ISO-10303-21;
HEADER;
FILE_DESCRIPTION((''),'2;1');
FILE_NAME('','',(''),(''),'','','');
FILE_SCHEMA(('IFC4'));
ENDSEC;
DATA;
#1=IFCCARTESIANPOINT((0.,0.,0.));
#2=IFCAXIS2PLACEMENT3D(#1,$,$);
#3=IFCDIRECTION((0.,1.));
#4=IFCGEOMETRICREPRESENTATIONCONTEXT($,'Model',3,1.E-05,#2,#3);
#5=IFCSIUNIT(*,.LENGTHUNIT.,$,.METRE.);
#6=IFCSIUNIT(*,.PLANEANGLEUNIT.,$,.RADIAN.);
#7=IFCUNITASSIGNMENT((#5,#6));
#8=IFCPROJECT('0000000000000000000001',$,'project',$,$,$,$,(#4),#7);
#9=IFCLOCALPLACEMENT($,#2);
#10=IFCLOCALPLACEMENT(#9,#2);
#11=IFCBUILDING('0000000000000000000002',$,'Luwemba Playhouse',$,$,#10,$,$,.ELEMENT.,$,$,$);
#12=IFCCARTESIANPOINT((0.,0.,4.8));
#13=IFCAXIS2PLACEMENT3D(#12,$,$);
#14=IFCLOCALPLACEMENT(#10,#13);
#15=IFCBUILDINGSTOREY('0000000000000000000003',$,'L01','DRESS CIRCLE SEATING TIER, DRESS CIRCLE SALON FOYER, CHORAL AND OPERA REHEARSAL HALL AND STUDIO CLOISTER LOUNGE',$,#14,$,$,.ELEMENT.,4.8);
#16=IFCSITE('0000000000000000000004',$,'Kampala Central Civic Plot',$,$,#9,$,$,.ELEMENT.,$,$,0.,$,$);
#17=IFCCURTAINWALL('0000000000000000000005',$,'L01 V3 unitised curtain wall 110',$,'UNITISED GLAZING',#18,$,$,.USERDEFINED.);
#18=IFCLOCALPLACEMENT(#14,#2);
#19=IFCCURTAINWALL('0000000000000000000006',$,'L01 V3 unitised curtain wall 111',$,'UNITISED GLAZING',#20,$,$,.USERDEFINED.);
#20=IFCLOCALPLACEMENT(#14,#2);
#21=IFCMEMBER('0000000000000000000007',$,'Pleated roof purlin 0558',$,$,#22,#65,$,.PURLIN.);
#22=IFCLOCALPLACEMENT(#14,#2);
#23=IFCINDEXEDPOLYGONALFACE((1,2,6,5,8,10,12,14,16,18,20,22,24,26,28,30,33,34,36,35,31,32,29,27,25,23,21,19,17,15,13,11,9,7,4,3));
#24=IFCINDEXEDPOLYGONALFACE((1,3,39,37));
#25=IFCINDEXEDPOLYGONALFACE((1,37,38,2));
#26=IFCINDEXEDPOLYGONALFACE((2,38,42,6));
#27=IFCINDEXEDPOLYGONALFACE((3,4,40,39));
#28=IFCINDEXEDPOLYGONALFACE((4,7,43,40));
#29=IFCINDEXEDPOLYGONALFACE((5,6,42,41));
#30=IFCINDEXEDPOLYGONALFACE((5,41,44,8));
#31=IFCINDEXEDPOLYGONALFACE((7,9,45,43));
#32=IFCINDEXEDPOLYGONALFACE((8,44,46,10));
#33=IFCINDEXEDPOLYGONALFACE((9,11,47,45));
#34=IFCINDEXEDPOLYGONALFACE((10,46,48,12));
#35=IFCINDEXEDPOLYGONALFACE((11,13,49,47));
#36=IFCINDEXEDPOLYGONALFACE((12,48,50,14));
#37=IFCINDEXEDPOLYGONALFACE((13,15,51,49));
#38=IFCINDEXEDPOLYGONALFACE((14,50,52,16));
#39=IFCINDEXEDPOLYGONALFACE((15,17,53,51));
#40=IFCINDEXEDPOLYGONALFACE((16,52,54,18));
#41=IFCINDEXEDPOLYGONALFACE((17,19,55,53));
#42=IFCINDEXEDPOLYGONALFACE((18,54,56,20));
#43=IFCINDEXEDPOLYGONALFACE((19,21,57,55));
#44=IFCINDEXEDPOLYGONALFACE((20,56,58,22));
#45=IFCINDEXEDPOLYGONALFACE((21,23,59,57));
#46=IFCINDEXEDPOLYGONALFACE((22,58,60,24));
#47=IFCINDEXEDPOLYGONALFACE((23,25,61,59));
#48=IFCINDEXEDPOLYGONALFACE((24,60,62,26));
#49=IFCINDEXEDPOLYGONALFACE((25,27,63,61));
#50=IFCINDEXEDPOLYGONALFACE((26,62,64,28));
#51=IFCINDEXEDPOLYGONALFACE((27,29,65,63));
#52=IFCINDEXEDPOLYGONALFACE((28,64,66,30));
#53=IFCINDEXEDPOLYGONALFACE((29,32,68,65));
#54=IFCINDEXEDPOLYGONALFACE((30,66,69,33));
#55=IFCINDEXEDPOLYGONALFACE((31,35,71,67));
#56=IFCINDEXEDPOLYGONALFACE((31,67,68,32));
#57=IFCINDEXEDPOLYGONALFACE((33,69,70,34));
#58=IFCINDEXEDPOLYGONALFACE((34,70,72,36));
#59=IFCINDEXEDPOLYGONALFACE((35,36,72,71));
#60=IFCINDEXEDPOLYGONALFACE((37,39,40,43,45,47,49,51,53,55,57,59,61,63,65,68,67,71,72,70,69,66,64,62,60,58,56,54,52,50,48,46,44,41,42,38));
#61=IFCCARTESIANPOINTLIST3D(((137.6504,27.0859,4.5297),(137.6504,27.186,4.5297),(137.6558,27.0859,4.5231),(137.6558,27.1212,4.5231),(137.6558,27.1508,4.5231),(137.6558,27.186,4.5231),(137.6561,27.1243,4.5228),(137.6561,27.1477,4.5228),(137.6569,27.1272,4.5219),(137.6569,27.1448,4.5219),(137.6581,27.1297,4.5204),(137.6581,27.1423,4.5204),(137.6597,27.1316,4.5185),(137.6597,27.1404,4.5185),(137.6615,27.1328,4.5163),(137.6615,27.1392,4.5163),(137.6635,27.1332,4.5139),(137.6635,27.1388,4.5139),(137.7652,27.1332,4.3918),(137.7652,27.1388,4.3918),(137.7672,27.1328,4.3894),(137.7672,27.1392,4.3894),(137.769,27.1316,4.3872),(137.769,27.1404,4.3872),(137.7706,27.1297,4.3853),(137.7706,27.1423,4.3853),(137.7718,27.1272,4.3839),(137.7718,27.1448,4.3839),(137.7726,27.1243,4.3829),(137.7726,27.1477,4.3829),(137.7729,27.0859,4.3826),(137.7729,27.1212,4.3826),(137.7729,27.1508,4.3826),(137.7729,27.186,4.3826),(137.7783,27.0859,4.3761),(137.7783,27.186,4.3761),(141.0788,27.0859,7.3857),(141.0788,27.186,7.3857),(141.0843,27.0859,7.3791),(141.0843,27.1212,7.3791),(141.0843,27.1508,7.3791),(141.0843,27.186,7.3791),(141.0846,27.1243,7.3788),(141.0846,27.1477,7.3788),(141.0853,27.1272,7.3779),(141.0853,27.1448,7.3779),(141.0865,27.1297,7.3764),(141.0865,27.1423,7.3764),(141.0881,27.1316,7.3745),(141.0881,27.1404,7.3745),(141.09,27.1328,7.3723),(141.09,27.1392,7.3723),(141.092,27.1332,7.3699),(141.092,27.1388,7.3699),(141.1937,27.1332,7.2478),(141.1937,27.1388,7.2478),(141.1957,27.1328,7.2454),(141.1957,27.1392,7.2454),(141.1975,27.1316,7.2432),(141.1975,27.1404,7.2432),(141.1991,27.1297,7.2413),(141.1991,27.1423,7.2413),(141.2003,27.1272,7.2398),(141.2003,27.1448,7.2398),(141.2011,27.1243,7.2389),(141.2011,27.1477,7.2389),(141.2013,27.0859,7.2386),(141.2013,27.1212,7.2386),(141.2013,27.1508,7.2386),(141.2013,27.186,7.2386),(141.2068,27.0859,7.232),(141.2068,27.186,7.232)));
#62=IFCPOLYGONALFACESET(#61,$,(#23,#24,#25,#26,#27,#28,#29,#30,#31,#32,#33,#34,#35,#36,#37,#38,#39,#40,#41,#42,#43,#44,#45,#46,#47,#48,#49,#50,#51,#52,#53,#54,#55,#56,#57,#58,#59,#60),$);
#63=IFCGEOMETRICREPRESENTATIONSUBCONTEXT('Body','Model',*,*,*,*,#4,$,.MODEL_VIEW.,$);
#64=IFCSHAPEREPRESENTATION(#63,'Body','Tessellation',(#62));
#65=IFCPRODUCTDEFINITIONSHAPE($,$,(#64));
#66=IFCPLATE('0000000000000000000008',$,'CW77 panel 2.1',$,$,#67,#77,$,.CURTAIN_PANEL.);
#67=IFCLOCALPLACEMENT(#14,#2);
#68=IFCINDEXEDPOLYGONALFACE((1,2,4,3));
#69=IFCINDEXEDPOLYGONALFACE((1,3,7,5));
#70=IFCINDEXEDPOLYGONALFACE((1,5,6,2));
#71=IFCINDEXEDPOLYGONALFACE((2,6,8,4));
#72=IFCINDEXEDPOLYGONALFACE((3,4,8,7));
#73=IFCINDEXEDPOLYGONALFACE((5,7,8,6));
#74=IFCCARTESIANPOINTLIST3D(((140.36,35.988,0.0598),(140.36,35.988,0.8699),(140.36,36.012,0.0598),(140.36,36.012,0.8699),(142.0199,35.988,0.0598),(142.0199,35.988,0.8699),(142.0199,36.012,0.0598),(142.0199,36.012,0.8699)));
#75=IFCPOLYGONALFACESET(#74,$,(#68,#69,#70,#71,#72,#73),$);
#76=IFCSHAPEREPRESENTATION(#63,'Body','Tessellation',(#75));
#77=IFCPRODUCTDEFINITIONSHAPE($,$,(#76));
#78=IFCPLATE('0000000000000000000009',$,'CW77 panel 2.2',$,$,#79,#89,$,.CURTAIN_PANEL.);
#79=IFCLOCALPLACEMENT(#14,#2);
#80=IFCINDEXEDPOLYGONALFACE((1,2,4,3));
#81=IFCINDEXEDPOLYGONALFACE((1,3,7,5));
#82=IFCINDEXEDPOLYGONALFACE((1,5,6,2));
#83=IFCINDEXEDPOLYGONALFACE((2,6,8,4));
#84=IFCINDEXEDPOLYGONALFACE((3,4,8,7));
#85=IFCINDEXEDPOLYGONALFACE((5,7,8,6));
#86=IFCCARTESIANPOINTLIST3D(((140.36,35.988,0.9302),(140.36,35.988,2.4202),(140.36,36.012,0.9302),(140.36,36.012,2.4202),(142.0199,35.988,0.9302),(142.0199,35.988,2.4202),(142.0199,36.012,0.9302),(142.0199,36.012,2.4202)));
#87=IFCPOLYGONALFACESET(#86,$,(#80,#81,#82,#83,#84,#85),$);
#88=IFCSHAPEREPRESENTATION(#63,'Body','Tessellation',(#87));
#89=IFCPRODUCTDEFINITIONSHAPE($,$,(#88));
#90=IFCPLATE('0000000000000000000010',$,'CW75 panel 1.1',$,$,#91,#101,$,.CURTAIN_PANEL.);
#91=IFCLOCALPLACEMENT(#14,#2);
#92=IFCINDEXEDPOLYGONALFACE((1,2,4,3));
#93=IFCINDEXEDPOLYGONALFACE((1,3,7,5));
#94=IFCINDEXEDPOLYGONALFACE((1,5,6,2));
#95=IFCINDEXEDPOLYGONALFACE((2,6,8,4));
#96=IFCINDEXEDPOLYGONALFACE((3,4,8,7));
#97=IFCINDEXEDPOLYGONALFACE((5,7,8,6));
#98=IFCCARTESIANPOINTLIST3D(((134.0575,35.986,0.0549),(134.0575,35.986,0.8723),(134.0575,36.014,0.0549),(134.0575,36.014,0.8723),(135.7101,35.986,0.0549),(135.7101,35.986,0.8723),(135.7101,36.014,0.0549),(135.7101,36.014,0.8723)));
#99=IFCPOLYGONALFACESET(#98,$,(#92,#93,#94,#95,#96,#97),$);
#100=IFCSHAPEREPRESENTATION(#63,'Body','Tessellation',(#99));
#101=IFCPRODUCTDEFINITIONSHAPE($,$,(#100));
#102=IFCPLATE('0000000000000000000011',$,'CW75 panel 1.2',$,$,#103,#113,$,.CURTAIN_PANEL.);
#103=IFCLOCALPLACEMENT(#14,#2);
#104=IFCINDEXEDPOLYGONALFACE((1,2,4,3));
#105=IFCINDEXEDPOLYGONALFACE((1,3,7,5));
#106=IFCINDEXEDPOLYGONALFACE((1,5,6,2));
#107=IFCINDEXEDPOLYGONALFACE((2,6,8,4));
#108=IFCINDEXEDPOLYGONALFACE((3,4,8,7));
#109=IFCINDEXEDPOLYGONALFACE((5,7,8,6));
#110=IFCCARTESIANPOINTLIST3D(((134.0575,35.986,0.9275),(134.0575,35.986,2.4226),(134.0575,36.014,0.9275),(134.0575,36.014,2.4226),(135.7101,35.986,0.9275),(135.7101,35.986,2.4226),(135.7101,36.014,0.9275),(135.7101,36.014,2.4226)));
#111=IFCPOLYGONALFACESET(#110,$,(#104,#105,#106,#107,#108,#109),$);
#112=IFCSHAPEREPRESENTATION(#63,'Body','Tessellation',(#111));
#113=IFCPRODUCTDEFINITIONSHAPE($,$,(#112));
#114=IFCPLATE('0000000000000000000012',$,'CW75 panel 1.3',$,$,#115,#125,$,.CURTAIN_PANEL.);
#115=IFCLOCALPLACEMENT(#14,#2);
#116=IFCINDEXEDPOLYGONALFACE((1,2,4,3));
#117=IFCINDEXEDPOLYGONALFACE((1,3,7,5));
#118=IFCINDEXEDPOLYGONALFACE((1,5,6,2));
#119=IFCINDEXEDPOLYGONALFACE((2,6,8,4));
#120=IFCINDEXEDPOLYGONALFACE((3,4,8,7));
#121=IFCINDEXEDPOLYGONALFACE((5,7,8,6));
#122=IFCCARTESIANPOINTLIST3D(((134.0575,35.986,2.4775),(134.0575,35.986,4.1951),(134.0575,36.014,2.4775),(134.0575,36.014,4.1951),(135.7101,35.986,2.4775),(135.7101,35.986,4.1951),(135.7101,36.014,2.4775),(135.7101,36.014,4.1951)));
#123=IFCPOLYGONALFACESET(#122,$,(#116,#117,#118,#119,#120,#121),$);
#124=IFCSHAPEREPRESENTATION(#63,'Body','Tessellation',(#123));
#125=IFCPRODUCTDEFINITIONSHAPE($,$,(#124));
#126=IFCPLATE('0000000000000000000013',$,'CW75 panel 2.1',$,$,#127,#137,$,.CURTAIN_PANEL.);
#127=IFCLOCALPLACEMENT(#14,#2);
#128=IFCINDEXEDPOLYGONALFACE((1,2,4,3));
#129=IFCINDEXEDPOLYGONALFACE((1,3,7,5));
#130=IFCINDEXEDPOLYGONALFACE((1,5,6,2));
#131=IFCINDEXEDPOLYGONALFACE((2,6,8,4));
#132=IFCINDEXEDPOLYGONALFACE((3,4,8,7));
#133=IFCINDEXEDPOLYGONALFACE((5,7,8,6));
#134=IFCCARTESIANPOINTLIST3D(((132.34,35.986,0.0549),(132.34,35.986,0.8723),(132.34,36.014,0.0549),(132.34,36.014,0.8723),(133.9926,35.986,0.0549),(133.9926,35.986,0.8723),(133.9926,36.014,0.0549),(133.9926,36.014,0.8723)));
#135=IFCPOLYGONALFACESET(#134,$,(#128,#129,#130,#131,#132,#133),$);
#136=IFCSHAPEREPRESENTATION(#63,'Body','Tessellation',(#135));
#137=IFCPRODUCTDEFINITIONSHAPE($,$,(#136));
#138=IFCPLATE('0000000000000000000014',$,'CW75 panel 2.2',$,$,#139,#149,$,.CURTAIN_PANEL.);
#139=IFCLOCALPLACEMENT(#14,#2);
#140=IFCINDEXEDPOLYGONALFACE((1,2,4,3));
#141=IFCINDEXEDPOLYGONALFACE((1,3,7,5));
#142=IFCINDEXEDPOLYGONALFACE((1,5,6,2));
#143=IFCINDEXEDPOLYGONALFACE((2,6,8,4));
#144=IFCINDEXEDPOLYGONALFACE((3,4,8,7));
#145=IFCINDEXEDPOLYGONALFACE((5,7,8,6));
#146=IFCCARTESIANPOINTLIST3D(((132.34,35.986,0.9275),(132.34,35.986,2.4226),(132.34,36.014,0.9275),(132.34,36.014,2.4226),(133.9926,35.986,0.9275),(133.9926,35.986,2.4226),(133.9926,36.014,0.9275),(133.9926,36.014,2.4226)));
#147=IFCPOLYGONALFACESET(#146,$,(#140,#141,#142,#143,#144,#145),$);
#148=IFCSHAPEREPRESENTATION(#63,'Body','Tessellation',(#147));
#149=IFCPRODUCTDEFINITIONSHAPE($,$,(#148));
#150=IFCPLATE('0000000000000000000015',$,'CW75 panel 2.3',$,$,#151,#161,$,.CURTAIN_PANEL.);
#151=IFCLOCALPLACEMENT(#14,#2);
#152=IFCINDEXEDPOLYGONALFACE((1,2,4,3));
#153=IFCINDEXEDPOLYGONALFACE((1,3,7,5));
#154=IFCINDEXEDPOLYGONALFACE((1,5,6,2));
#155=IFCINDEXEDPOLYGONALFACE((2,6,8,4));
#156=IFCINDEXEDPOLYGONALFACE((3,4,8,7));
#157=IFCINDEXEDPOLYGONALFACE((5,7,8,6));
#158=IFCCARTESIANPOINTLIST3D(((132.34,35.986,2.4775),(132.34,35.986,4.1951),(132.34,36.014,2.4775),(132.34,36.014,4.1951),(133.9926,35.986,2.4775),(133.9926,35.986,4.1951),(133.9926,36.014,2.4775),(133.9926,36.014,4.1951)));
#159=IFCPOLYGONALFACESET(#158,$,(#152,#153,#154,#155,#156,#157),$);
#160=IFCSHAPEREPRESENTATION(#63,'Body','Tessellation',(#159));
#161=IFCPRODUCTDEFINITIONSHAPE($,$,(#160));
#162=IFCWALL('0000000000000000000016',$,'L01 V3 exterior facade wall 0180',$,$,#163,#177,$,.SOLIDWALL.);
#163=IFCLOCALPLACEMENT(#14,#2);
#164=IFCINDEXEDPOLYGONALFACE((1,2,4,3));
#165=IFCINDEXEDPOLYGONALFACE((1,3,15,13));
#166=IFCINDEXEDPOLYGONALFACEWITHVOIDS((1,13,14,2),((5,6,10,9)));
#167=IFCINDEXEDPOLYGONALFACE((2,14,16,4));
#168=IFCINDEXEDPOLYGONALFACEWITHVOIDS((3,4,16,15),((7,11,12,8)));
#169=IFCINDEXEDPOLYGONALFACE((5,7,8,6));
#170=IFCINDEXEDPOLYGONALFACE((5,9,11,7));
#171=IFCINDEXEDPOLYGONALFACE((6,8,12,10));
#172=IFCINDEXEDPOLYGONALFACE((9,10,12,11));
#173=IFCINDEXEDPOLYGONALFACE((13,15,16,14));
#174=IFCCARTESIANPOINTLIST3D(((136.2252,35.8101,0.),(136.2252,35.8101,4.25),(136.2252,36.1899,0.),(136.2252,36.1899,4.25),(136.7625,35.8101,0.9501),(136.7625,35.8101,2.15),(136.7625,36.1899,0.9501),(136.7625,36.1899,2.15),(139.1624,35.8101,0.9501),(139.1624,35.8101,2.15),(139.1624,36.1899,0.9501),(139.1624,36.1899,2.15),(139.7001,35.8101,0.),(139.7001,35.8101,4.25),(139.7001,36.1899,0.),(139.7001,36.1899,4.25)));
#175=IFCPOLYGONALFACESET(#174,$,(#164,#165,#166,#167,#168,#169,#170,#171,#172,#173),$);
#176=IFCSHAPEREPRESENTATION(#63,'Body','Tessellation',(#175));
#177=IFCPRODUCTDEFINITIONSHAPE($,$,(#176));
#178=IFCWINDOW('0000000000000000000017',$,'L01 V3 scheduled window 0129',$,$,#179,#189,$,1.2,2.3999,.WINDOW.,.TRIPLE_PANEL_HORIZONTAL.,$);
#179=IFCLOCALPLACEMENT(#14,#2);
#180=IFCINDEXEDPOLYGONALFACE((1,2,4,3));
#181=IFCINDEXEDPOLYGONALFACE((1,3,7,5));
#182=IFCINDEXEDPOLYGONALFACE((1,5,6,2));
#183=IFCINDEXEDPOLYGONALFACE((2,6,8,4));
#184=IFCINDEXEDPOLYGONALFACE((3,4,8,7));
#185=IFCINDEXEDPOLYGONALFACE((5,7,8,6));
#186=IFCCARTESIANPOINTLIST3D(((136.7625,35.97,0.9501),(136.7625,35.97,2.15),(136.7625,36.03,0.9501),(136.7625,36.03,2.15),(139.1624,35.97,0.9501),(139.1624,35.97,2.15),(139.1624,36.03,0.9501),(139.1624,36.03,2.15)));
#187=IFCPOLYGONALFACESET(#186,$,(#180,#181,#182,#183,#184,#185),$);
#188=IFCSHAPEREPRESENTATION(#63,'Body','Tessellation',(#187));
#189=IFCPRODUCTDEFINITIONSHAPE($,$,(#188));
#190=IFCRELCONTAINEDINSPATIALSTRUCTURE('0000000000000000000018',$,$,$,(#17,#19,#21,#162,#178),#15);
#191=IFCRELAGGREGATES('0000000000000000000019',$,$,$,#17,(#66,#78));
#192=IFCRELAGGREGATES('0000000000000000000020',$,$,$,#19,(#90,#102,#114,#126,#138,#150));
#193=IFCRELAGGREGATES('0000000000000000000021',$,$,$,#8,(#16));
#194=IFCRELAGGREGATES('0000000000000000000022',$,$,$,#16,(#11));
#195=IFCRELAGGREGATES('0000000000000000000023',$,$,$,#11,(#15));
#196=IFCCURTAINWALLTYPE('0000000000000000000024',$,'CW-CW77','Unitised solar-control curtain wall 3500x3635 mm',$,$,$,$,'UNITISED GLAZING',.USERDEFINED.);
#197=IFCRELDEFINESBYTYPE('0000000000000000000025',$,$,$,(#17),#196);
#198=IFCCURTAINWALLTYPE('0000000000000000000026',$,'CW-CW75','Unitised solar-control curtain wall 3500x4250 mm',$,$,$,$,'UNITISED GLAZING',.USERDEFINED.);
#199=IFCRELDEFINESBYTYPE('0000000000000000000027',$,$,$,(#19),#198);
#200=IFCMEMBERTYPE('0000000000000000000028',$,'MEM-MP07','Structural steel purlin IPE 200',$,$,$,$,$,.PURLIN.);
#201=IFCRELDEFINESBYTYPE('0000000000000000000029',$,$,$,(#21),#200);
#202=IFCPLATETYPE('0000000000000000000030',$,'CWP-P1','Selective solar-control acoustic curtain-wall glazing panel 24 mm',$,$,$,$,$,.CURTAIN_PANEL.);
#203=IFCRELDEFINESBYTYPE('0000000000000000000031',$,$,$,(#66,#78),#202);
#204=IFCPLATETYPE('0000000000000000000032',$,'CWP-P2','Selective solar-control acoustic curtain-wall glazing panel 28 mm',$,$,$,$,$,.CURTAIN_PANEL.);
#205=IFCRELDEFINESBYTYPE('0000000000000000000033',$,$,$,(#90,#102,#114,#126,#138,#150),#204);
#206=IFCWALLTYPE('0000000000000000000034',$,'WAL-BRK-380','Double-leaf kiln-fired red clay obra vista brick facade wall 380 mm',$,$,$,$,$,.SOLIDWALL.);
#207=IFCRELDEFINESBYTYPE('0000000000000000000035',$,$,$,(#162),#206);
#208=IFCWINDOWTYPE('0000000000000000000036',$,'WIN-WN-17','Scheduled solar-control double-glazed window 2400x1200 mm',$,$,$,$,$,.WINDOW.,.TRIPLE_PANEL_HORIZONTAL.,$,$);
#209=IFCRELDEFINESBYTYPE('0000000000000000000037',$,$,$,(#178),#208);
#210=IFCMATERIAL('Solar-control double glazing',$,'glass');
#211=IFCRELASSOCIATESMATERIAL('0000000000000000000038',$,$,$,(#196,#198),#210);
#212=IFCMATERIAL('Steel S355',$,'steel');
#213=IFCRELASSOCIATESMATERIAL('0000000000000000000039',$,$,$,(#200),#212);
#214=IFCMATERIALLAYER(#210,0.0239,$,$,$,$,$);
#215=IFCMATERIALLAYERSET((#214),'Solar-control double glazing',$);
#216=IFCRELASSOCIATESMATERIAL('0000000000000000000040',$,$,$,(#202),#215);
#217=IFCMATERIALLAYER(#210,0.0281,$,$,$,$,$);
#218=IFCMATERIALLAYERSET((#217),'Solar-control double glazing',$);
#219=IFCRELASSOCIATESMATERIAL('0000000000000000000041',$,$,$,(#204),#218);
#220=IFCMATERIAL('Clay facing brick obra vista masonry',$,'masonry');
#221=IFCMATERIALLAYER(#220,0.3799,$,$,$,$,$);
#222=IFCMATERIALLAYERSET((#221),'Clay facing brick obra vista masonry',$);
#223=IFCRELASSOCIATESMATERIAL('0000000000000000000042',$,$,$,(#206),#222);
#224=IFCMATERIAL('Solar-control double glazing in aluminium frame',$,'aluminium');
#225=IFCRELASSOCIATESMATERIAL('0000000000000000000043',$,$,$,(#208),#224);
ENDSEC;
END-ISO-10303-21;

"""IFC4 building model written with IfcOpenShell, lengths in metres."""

from ifc_helpers import new_model, si_unit, direction, frame, frame_2d, origin, origin_2d, place, context, subcontext, project, spatial, rectangle, i_section, extrude, material, layer, layer_set, material_profile, profile_set, type_object, element, fill, aggregate, save


model = new_model("IFC4")

# Units and contexts
model_context = context("Model", 3, precision=1e-05, world=origin(), true_north=direction((0.0, 1.0)))
body_context = subcontext(model_context, "Body", "Model", "MODEL_VIEW")
ifc_project = project(units=[si_unit("LENGTHUNIT", "METRE"), si_unit("PLANEANGLEUNIT", "RADIAN")], contexts=[model_context])

# Site, building, storey
site_placement = place(None, origin())
site = spatial("IfcSite", under=ifc_project, at=site_placement, Name="Kampala Central Civic Plot", CompositionType="ELEMENT", RefElevation=0.0)
building_placement = place(site_placement, origin())
building = spatial("IfcBuilding", under=site, at=building_placement, Name="Luwemba Playhouse", CompositionType="ELEMENT")
storey_placement = place(building_placement, frame((0.0, 0.0, 4.8)))
storey = spatial("IfcBuildingStorey", under=building, at=storey_placement, Name="L01", Description="DRESS CIRCLE SEATING TIER, DRESS CIRCLE SALON FOYER, CHORAL AND OPERA REHEARSAL HALL AND STUDIO CLOISTER LOUNGE", CompositionType="ELEMENT", Elevation=4.8)

# Curtain wall
ifc_material_1 = material(Name="Solar-control double glazing", Category="glass")
curtain_wall_type_1 = type_object("IfcCurtainWallType", Name="CW-CW77", Description="Unitised solar-control curtain wall 3500x3635 mm", ElementType="UNITISED GLAZING", PredefinedType="USERDEFINED", material=ifc_material_1)
curtain_wall_1_placement = place(storey_placement, origin())
curtain_wall_1 = element("IfcCurtainWall", 1, at=curtain_wall_1_placement, inside=storey, type_object=curtain_wall_type_1, Name="L01 V3 unitised curtain wall 110", ObjectType="UNITISED GLAZING", PredefinedType="USERDEFINED")

# Curtain wall
curtain_wall_type_2 = type_object("IfcCurtainWallType", Name="CW-CW75", Description="Unitised solar-control curtain wall 3500x4250 mm", ElementType="UNITISED GLAZING", PredefinedType="USERDEFINED", material=ifc_material_1)
curtain_wall_2_placement = place(storey_placement, origin())
curtain_wall_2 = element("IfcCurtainWall", 2, at=curtain_wall_2_placement, inside=storey, type_object=curtain_wall_type_2, Name="L01 V3 unitised curtain wall 111", ObjectType="UNITISED GLAZING", PredefinedType="USERDEFINED")

# Member
ifc_material_2 = material(Name="Steel S355", Category="steel")
ifc_material_profile_1 = material_profile(ifc_material_2, i_section(OverallWidth=0.1001, OverallDepth=0.2, WebThickness=0.0056, FlangeThickness=0.0085, FilletRadius=0.012, at=origin_2d()))
ifc_profile_set_1 = profile_set([ifc_material_profile_1], Name="Steel S355")
member_type_1 = type_object("IfcMemberType", Name="MEM-MP07", Description="Structural steel purlin IPE 200", PredefinedType="PURLIN", material=ifc_profile_set_1)
member_1_placement = place(storey_placement, frame((137.7144, 27.136, 4.4529), z_axis=(0.768342, 0.0, 0.640039), x_axis=(0.0, 1.0, 0.0)))
element("IfcMember", 3, at=member_1_placement, inside=storey, type_object=member_type_1, Name="Pleated roof purlin 0558", PredefinedType="PURLIN", context=body_context, shape_type="SweptSolid", body=[
    extrude(i_section(OverallWidth=0.1001, OverallDepth=0.2, WebThickness=0.0056, FlangeThickness=0.0085, FilletRadius=0.012, at=origin_2d()), origin(), (0.0, 0.0, 1.0), 4.4622),
])

# Plates
ifc_layer_1 = layer(ifc_material_1, 0.0239)
ifc_layer_set_1 = layer_set([ifc_layer_1], Name="Solar-control double glazing")
plate_type_1 = type_object("IfcPlateType", Name="CWP-P1", Description="Selective solar-control acoustic curtain-wall glazing panel 24 mm", PredefinedType="CURTAIN_PANEL", material=ifc_layer_set_1)
plate_1_placement = place(storey_placement, frame((141.1899, 36.0, 0.0598), z_axis=(0.0, 0.0, 1.0), x_axis=(-1.0, 0.0, 0.0)))
plate_1 = element("IfcPlate", 4, at=plate_1_placement, type_object=plate_type_1, Name="CW77 panel 2.1", PredefinedType="CURTAIN_PANEL", context=body_context, shape_type="SweptSolid", body=[
    extrude(rectangle(XDim=1.6599, YDim=0.0239, at=origin_2d()), origin(), (0.0, 0.0, 1.0), 0.8101),
])
plate_2_placement = place(storey_placement, frame((141.1899, 36.0, 0.9302), z_axis=(0.0, 0.0, 1.0), x_axis=(-1.0, 0.0, 0.0)))
plate_2 = element("IfcPlate", 5, at=plate_2_placement, type_object=plate_type_1, Name="CW77 panel 2.2", PredefinedType="CURTAIN_PANEL", context=body_context, shape_type="SweptSolid", body=[
    extrude(rectangle(XDim=1.6599, YDim=0.0239, at=origin_2d()), origin(), (0.0, 0.0, 1.0), 1.49),
])
aggregate(curtain_wall_1, [plate_1, plate_2])
ifc_layer_2 = layer(ifc_material_1, 0.0281)
ifc_layer_set_2 = layer_set([ifc_layer_2], Name="Solar-control double glazing")
plate_type_2 = type_object("IfcPlateType", Name="CWP-P2", Description="Selective solar-control acoustic curtain-wall glazing panel 28 mm", PredefinedType="CURTAIN_PANEL", material=ifc_layer_set_2)
plate_3_placement = place(storey_placement, frame((134.8838, 36.0, 0.0549), z_axis=(0.0, 0.0, 1.0), x_axis=(-1.0, 0.0, 0.0)))
plate_3 = element("IfcPlate", 6, at=plate_3_placement, type_object=plate_type_2, Name="CW75 panel 1.1", PredefinedType="CURTAIN_PANEL", context=body_context, shape_type="SweptSolid", body=[
    extrude(rectangle(XDim=1.6526, YDim=0.0281, at=origin_2d()), origin(), (0.0, 0.0, 1.0), 0.8174),
])
plate_4_placement = place(storey_placement, frame((134.8838, 36.0, 0.9275), z_axis=(0.0, 0.0, 1.0), x_axis=(-1.0, 0.0, 0.0)))
plate_4 = element("IfcPlate", 7, at=plate_4_placement, type_object=plate_type_2, Name="CW75 panel 1.2", PredefinedType="CURTAIN_PANEL", context=body_context, shape_type="SweptSolid", body=[
    extrude(rectangle(XDim=1.6526, YDim=0.0281, at=origin_2d()), origin(), (0.0, 0.0, 1.0), 1.4951),
])
plate_5_placement = place(storey_placement, frame((134.8838, 36.0, 2.4775), z_axis=(0.0, 0.0, 1.0), x_axis=(-1.0, 0.0, 0.0)))
plate_5 = element("IfcPlate", 8, at=plate_5_placement, type_object=plate_type_2, Name="CW75 panel 1.3", PredefinedType="CURTAIN_PANEL", context=body_context, shape_type="SweptSolid", body=[
    extrude(rectangle(XDim=1.6526, YDim=0.0281, at=origin_2d()), origin(), (0.0, 0.0, 1.0), 1.7175),
])
plate_6_placement = place(storey_placement, frame((133.1663, 36.0, 0.0549), z_axis=(0.0, 0.0, 1.0), x_axis=(-1.0, 0.0, 0.0)))
plate_6 = element("IfcPlate", 9, at=plate_6_placement, type_object=plate_type_2, Name="CW75 panel 2.1", PredefinedType="CURTAIN_PANEL", context=body_context, shape_type="SweptSolid", body=[
    extrude(rectangle(XDim=1.6526, YDim=0.0281, at=origin_2d()), origin(), (0.0, 0.0, 1.0), 0.8174),
])
plate_7_placement = place(storey_placement, frame((133.1663, 36.0, 0.9275), z_axis=(0.0, 0.0, 1.0), x_axis=(-1.0, 0.0, 0.0)))
plate_7 = element("IfcPlate", 10, at=plate_7_placement, type_object=plate_type_2, Name="CW75 panel 2.2", PredefinedType="CURTAIN_PANEL", context=body_context, shape_type="SweptSolid", body=[
    extrude(rectangle(XDim=1.6526, YDim=0.0281, at=origin_2d()), origin(), (0.0, 0.0, 1.0), 1.4951),
])
plate_8_placement = place(storey_placement, frame((133.1663, 36.0, 2.4775), z_axis=(0.0, 0.0, 1.0), x_axis=(-1.0, 0.0, 0.0)))
plate_8 = element("IfcPlate", 11, at=plate_8_placement, type_object=plate_type_2, Name="CW75 panel 2.3", PredefinedType="CURTAIN_PANEL", context=body_context, shape_type="SweptSolid", body=[
    extrude(rectangle(XDim=1.6526, YDim=0.0281, at=origin_2d()), origin(), (0.0, 0.0, 1.0), 1.7175),
])
aggregate(curtain_wall_2, [plate_3, plate_4, plate_5, plate_6, plate_7, plate_8])

# Wall, opening, window
ifc_material_3 = material(Name="Clay facing brick obra vista masonry", Category="masonry")
ifc_layer_3 = layer(ifc_material_3, 0.3799)
ifc_layer_set_3 = layer_set([ifc_layer_3], Name="Clay facing brick obra vista masonry")
wall_type = type_object("IfcWallType", Name="WAL-BRK-380", Description="Double-leaf kiln-fired red clay obra vista brick facade wall 380 mm", PredefinedType="SOLIDWALL", material=ifc_layer_set_3)
wall_placement = place(storey_placement, frame((139.7, 36.0, 0.0), z_axis=(0.0, 0.0, 1.0), x_axis=(-1.0, 0.0, 0.0)))
wall = element("IfcWall", 12, at=wall_placement, inside=storey, type_object=wall_type, Name="L01 V3 exterior facade wall 0180", PredefinedType="SOLIDWALL", context=body_context, shape_type="SweptSolid", body=[
    extrude(rectangle(XDim=3.4749, YDim=0.3799, at=frame_2d((1.7373, 0.0))), origin(), (0.0, 0.0, 1.0), 4.25),
])
opening_placement = place(wall_placement, frame((0.5376, 0.0, 0.95)))
opening = element("IfcOpeningElement", 13, at=opening_placement, cuts=wall, PredefinedType="OPENING", context=body_context, shape_type="SweptSolid", body=[
    extrude(rectangle(XDim=2.3999, YDim=1.2, at=frame_2d((1.2, 0.6001))), frame((0.0, 0.2, 0.0), z_axis=(0.0, -1.0, 0.0), x_axis=(1.0, 0.0, 0.0)), (0.0, 0.0, 1.0), 0.3999),
])
ifc_material_4 = material(Name="Solar-control double glazing in aluminium frame", Category="aluminium")
window_type = type_object("IfcWindowType", Name="WIN-WN-17", Description="Scheduled solar-control double-glazed window 2400x1200 mm", PartitioningType="TRIPLE_PANEL_HORIZONTAL", PredefinedType="WINDOW", material=ifc_material_4)
window_placement = place(opening_placement, origin())
window = element("IfcWindow", 14, at=window_placement, inside=storey, type_object=window_type, Name="L01 V3 scheduled window 0129", OverallHeight=1.2, OverallWidth=2.3999, PartitioningType="TRIPLE_PANEL_HORIZONTAL", PredefinedType="WINDOW", context=body_context, shape_type="SweptSolid", body=[
    extrude(rectangle(XDim=2.3999, YDim=1.2, at=frame_2d((1.2, 0.6001))), frame((0.0, 0.03, 0.0), z_axis=(0.0, -1.0, 0.0), x_axis=(1.0, 0.0, 0.0)), (0.0, 0.0, 1.0), 0.0601),
])
fill(opening, window)

save(model, "model.ifc")
